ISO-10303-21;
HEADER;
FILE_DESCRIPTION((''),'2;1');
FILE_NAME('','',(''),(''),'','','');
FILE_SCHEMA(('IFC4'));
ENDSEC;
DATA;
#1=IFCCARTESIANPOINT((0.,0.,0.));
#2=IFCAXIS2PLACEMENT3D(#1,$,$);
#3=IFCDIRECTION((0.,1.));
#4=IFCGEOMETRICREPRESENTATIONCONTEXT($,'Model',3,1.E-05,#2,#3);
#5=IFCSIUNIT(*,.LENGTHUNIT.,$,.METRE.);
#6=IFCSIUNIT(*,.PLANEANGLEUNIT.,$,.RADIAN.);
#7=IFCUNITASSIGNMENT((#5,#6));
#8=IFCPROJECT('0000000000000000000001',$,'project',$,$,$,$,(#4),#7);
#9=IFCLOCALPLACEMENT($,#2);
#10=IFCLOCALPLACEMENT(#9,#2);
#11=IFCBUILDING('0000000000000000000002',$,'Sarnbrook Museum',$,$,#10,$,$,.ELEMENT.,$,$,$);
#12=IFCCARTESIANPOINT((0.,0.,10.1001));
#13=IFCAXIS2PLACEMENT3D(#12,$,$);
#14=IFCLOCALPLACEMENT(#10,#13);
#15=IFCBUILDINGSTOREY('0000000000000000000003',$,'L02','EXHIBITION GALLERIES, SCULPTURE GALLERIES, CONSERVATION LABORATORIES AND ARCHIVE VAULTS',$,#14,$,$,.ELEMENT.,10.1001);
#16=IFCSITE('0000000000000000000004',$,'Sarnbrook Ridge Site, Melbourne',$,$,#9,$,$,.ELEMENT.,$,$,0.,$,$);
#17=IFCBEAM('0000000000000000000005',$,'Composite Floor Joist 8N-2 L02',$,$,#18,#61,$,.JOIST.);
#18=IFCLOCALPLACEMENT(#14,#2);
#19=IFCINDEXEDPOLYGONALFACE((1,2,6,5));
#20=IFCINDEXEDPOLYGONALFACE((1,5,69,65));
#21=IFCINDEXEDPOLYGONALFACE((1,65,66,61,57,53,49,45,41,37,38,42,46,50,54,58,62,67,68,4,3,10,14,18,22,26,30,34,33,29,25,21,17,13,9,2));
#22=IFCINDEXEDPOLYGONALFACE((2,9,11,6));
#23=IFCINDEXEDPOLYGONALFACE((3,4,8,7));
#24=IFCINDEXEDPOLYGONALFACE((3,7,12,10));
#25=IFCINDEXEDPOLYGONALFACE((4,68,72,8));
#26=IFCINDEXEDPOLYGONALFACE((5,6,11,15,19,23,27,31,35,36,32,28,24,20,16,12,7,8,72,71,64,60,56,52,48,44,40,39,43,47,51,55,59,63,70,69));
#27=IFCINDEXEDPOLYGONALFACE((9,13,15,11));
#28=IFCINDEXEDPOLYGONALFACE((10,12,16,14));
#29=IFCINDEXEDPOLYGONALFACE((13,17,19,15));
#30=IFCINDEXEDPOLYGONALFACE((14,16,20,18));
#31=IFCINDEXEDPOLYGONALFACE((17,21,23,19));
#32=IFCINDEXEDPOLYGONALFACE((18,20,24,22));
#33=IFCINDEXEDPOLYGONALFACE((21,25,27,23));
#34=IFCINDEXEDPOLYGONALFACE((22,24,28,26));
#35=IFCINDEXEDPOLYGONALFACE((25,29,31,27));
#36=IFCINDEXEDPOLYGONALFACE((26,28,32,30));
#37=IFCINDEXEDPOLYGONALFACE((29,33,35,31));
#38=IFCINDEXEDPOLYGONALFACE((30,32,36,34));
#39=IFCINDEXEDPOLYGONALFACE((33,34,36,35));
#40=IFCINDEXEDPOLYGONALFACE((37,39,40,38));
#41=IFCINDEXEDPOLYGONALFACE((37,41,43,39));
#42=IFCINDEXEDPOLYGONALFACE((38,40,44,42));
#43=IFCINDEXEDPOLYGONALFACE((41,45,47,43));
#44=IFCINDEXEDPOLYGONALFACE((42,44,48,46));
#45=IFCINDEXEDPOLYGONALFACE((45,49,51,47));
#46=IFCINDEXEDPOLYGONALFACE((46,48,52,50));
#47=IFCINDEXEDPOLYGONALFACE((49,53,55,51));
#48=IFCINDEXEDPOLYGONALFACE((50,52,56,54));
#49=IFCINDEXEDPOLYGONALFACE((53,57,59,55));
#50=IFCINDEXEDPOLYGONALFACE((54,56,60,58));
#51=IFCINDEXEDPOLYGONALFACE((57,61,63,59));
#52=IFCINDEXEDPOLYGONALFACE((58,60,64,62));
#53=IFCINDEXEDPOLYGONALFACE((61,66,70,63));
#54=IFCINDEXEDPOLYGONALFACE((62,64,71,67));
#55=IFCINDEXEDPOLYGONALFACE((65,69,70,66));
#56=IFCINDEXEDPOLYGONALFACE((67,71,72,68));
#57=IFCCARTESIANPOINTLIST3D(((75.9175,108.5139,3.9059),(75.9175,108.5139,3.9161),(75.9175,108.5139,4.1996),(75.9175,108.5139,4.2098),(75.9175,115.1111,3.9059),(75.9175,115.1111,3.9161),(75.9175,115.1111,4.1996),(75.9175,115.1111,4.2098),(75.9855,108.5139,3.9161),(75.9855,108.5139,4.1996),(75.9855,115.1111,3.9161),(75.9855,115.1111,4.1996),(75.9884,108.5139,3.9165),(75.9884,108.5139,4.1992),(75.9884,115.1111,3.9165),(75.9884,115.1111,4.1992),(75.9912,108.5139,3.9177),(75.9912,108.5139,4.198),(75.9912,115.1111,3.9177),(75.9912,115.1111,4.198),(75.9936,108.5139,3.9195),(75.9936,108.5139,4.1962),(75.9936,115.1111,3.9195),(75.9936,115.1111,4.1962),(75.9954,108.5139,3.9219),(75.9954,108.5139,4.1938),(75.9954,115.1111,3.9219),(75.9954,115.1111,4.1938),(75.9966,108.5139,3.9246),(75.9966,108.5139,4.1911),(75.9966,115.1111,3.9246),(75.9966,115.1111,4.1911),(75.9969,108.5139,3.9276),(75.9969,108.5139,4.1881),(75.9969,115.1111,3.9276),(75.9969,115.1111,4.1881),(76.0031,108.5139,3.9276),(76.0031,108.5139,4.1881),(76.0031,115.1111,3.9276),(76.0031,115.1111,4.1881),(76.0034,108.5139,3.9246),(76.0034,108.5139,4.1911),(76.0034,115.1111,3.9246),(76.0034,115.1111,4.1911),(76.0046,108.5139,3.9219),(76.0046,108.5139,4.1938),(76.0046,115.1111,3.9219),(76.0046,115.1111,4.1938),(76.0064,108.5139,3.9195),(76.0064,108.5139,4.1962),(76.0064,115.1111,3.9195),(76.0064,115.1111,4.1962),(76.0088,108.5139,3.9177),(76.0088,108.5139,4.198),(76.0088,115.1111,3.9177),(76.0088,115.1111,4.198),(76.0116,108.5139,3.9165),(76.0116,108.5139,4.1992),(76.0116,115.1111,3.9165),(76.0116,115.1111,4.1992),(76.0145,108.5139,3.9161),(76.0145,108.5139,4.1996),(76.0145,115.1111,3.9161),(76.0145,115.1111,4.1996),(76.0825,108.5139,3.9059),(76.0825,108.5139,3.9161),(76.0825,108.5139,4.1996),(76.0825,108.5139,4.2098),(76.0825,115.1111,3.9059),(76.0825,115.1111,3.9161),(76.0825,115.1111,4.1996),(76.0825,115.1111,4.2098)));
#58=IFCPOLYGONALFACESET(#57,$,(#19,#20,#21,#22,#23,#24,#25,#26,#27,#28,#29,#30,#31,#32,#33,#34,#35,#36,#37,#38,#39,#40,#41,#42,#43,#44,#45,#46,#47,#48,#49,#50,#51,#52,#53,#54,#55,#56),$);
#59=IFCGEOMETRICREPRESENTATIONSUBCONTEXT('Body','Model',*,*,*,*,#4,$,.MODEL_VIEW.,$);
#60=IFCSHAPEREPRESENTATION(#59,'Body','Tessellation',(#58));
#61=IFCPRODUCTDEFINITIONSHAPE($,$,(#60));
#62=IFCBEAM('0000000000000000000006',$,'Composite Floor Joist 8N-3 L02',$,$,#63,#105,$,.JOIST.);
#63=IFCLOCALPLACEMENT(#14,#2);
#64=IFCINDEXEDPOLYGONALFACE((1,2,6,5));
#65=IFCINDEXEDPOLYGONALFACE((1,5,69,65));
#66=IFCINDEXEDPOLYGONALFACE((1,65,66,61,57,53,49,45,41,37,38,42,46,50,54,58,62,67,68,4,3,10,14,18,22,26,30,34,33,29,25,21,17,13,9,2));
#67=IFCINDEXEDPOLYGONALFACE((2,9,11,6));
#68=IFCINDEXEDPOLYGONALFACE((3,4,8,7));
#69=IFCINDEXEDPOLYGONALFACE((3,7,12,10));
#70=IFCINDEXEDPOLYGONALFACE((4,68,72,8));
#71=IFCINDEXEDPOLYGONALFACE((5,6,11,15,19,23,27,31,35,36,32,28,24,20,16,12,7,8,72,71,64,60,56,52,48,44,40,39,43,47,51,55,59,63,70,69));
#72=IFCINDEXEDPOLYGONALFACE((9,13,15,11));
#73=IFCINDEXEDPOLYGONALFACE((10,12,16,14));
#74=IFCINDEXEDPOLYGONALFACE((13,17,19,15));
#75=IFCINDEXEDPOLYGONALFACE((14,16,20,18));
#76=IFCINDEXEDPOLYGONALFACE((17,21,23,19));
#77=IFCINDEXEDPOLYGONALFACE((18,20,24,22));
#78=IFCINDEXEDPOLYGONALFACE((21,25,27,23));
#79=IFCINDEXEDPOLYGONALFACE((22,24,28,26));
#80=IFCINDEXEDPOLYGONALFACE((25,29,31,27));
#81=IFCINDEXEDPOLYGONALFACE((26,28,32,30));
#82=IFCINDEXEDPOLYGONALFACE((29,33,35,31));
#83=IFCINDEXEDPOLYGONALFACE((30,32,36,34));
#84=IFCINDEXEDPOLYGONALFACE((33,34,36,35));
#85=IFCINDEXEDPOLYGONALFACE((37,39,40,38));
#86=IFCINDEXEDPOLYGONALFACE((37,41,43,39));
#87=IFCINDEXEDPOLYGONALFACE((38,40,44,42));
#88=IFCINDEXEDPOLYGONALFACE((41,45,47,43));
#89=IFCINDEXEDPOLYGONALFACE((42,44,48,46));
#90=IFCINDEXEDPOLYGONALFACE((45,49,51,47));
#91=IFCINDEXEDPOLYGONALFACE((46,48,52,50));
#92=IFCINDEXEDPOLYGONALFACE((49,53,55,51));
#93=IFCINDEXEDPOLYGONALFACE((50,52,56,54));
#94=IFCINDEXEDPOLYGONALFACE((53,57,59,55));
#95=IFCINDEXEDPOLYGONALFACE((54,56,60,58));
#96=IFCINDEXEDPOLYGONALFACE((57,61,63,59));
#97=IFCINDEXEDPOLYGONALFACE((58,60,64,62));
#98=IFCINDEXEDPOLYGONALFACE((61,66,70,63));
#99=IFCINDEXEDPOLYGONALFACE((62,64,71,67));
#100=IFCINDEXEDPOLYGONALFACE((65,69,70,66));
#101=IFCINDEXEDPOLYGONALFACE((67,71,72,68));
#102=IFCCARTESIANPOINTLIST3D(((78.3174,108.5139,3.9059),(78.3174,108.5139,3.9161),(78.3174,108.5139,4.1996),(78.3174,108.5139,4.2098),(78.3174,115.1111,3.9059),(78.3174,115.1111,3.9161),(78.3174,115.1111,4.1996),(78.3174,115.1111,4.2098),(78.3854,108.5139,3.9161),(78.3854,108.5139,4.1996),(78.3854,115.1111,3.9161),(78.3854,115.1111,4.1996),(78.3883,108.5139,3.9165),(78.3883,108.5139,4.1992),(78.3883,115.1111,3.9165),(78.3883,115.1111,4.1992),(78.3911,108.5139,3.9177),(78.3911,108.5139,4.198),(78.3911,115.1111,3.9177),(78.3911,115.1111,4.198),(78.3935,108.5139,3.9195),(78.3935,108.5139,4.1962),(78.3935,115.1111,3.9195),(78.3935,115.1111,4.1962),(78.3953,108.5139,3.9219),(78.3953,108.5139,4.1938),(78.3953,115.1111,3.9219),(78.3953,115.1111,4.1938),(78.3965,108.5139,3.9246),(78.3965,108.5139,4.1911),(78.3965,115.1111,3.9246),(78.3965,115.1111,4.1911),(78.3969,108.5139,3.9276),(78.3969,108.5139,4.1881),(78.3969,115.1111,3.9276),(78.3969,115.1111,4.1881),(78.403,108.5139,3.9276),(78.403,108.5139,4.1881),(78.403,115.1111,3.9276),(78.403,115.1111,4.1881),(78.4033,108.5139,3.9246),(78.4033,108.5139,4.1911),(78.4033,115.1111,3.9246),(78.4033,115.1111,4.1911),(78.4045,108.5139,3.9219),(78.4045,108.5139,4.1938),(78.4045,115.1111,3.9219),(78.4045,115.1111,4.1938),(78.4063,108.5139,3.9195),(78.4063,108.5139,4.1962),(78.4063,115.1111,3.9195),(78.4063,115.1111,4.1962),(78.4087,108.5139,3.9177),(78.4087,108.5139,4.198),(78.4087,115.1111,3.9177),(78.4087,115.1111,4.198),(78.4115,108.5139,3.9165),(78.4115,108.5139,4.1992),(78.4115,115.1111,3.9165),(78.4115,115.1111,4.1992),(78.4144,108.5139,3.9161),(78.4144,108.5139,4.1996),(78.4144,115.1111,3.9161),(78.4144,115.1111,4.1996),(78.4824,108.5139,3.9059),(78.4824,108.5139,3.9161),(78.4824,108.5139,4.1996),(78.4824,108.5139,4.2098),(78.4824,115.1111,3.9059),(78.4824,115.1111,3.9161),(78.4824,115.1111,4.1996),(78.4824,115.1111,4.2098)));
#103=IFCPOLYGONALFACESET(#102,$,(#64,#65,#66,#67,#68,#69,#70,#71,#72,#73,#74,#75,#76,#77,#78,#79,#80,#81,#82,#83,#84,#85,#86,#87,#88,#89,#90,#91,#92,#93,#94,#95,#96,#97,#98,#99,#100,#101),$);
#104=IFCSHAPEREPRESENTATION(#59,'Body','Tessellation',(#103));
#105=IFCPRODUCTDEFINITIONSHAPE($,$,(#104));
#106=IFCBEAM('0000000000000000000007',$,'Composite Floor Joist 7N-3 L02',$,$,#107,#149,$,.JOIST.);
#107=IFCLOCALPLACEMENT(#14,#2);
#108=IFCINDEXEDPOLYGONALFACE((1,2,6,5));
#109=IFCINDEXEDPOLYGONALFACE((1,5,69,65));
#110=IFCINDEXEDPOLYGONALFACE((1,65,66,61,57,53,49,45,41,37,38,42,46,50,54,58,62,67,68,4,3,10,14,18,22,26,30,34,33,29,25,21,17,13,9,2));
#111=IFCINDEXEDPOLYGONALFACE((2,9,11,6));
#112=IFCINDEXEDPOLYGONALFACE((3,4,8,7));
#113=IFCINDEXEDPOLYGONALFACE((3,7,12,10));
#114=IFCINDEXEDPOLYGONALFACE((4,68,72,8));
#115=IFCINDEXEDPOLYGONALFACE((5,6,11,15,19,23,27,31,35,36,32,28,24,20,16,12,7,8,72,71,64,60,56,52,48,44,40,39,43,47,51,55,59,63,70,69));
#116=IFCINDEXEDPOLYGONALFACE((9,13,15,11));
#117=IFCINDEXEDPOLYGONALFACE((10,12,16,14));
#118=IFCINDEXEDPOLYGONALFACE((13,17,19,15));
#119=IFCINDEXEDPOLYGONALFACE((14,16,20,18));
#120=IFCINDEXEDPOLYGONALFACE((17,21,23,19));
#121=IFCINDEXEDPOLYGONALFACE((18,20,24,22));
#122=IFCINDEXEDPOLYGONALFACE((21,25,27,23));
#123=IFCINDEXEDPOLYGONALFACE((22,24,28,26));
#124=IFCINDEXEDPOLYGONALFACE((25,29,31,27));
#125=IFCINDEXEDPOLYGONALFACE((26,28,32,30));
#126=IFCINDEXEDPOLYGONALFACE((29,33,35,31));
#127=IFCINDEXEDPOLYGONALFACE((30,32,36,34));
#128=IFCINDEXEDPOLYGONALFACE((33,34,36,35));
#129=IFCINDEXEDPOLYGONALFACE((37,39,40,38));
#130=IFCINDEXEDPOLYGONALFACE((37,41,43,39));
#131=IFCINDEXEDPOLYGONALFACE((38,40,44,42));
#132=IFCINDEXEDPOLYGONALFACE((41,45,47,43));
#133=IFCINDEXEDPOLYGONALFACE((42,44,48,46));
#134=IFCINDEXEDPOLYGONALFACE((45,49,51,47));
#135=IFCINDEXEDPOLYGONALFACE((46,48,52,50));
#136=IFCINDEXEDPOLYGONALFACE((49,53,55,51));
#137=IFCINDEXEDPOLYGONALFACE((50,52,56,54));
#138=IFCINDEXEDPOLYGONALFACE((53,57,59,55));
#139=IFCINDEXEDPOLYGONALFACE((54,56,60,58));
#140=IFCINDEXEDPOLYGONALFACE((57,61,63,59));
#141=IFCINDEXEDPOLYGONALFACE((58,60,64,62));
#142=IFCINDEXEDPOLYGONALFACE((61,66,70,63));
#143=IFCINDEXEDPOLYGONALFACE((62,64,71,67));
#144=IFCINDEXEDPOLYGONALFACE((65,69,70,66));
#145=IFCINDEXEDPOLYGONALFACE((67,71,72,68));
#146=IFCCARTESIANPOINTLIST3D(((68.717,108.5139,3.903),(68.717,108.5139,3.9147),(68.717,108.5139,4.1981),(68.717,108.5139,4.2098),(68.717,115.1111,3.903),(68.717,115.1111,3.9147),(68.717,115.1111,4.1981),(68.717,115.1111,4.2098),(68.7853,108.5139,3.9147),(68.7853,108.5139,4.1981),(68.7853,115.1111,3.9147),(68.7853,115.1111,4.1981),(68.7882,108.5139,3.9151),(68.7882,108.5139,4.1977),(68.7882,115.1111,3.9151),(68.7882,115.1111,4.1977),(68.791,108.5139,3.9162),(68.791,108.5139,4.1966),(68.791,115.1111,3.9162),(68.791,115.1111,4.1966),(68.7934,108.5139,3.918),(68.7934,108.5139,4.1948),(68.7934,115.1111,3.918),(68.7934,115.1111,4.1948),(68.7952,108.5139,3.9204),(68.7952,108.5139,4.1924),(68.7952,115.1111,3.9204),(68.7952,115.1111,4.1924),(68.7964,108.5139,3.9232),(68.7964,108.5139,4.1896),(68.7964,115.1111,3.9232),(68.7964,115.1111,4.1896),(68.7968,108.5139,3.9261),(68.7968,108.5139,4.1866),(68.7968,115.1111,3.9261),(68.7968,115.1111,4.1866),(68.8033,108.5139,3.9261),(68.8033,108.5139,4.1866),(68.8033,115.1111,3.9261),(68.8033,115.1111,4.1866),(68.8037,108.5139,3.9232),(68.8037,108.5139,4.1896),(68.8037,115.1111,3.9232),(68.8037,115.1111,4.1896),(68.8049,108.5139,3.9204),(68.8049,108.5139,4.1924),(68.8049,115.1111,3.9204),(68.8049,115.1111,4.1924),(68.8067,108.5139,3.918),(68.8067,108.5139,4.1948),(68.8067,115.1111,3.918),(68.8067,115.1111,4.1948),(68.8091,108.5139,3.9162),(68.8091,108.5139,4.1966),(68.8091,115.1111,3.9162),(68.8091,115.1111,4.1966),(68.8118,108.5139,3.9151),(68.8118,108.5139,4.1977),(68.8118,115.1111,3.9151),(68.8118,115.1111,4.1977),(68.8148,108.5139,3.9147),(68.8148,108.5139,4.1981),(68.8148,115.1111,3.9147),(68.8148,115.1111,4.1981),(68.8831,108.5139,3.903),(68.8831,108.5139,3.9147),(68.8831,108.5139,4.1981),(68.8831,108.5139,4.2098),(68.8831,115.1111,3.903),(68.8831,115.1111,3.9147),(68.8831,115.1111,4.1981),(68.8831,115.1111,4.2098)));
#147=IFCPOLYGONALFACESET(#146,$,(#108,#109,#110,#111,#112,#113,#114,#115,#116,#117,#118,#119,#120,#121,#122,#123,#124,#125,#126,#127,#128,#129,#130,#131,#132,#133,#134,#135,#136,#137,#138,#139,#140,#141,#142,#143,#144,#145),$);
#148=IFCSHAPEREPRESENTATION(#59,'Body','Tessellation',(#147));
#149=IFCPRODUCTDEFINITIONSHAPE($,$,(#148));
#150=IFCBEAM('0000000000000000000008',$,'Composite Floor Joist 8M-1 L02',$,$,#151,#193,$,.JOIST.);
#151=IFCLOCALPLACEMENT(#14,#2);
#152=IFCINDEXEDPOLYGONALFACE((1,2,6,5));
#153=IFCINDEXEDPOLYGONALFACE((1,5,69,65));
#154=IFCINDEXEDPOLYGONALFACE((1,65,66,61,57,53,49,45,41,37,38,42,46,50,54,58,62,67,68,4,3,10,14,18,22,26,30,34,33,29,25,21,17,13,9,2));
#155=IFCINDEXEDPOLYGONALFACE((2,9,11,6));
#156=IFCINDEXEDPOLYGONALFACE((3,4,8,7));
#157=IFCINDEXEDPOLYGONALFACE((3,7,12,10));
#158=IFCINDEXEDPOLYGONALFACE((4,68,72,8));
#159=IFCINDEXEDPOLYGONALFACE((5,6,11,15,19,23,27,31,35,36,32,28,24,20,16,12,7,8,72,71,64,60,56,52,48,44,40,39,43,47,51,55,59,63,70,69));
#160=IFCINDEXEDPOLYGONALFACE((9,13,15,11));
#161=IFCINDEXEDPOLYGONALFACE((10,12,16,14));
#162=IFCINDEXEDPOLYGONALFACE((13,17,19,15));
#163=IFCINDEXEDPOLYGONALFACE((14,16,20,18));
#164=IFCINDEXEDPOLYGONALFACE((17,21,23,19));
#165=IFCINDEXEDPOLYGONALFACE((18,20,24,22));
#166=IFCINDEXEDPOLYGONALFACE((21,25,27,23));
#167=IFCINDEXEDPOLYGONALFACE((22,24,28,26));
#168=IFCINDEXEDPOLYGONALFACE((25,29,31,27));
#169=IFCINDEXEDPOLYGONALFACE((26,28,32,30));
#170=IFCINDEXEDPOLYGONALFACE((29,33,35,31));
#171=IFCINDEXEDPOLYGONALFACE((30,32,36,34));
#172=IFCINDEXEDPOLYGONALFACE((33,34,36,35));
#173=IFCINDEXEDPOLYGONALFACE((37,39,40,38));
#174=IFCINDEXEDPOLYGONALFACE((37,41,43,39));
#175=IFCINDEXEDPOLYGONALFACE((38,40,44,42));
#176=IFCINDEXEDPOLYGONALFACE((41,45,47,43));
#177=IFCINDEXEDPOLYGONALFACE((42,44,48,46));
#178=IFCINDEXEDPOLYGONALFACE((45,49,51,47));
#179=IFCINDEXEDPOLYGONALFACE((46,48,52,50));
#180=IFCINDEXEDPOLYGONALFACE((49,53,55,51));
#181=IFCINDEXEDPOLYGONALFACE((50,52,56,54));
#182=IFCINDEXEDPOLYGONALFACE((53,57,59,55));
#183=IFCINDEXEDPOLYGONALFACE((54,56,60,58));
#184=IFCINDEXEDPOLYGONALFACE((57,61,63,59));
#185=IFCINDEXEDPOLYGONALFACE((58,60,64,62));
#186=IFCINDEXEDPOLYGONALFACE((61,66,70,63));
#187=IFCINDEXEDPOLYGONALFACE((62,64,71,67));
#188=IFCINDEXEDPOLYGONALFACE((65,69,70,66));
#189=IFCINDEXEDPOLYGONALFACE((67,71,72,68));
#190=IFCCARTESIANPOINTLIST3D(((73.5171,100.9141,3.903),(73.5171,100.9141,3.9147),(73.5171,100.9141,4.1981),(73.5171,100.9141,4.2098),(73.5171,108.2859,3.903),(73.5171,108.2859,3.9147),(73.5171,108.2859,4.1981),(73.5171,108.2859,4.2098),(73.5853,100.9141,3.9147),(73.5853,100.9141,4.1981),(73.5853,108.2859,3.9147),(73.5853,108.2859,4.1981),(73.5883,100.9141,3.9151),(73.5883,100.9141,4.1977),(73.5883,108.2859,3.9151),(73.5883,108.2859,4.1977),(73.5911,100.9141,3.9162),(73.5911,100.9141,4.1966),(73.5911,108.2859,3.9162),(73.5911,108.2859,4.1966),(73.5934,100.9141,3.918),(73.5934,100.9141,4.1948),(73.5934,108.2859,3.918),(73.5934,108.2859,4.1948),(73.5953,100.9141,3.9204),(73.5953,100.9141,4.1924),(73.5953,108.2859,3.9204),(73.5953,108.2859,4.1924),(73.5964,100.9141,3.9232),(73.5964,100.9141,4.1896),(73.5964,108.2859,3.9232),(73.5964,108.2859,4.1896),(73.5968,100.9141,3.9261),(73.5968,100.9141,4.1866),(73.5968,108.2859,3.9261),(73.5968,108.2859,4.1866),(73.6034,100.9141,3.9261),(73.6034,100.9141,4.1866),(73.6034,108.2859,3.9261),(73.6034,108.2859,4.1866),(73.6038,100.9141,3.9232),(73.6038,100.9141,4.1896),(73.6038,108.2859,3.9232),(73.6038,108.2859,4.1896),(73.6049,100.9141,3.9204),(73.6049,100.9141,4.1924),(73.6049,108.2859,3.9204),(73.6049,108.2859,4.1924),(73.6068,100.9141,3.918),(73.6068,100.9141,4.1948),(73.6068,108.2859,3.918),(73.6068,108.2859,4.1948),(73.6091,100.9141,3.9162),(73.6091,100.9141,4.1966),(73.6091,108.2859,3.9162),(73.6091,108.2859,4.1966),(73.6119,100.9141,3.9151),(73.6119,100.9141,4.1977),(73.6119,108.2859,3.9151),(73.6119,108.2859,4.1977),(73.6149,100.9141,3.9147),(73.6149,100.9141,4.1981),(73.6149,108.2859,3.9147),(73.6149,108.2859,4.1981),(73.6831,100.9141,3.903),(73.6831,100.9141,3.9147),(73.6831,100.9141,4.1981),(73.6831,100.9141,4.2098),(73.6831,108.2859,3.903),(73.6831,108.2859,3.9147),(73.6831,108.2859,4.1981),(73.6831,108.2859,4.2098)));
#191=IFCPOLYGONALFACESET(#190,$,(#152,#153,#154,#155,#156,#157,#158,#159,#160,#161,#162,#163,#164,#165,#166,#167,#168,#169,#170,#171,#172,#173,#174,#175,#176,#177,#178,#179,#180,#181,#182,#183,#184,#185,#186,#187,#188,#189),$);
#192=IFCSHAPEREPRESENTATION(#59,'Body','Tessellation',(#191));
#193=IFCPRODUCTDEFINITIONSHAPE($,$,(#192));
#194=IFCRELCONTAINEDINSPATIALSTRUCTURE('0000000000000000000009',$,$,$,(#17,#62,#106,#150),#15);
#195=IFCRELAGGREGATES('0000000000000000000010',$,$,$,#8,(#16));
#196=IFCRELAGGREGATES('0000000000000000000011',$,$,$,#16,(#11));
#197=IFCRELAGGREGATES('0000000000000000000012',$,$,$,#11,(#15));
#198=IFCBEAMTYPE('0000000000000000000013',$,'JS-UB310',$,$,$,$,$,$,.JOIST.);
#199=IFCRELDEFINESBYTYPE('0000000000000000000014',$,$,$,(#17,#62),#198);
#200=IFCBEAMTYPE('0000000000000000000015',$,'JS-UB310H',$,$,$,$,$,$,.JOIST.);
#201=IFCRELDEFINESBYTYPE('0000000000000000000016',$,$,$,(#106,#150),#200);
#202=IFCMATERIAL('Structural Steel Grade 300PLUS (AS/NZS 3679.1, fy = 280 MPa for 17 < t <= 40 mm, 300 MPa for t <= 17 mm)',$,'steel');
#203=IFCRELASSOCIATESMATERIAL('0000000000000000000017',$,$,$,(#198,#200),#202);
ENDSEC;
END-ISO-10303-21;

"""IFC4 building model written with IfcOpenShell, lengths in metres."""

from ifc_helpers import new_model, si_unit, direction, frame, origin, origin_2d, place, context, subcontext, project, spatial, i_section, extrude, material, material_profile, profile_set, type_object, element, save


model = new_model("IFC4")

# Units and contexts
model_context = context("Model", 3, precision=1e-05, world=origin(), true_north=direction((0.0, 1.0)))
body_context = subcontext(model_context, "Body", "Model", "MODEL_VIEW")
ifc_project = project(units=[si_unit("LENGTHUNIT", "METRE"), si_unit("PLANEANGLEUNIT", "RADIAN")], contexts=[model_context])

# Site, building, storey
site_placement = place(None, origin())
site = spatial("IfcSite", under=ifc_project, at=site_placement, Name="Sarnbrook Ridge Site, Melbourne", CompositionType="ELEMENT", RefElevation=0.0)
building_placement = place(site_placement, origin())
building = spatial("IfcBuilding", under=site, at=building_placement, Name="Sarnbrook Museum", CompositionType="ELEMENT")
storey_placement = place(building_placement, frame((0.0, 0.0, 10.1001)))
storey = spatial("IfcBuildingStorey", under=building, at=storey_placement, Name="L02", Description="EXHIBITION GALLERIES, SCULPTURE GALLERIES, CONSERVATION LABORATORIES AND ARCHIVE VAULTS", CompositionType="ELEMENT", Elevation=10.1001)

# Shared definitions
ifc_material_1 = material(Name="Structural Steel Grade 300PLUS (AS/NZS 3679.1, fy = 280 MPa for 17 < t <= 40 mm, 300 MPa for t <= 17 mm)", Category="steel")

# Beams
ifc_material_profile_1 = material_profile(ifc_material_1, i_section(OverallWidth=0.165, OverallDepth=0.304, WebThickness=0.0061, FlangeThickness=0.0103, FilletRadius=0.0115, at=origin_2d()), Name="310UB40.4")
ifc_profile_set_1 = profile_set([ifc_material_profile_1], Name="Structural Steel Grade 300PLUS (AS/NZS 3679.1, fy = 280 MPa for 17 < t <= 40 mm, 300 MPa for t <= 17 mm)")
beam_type_1 = type_object("IfcBeamType", Name="JS-UB310", PredefinedType="JOIST", material=ifc_profile_set_1)
for number, where, z_axis, x_axis, name in (
    (1, (76.0, 108.5139, 4.0579), (0.0, 1.0, 0.0), (-1.0, 0.0, 0.0), "Composite Floor Joist 8N-2 L02"),
    (2, (78.3999, 108.5139, 4.0579), (0.0, 1.0, 0.0), (-1.0, 0.0, 0.0), "Composite Floor Joist 8N-3 L02"),
):
    element("IfcBeam", number, at=place(storey_placement, frame(where, z_axis=z_axis, x_axis=x_axis)), inside=storey, type_object=beam_type_1, Name=name, PredefinedType="JOIST", context=body_context, shape_type="SweptSolid", body=[
        extrude(i_section(OverallWidth=0.165, OverallDepth=0.304, WebThickness=0.0061, FlangeThickness=0.0103, FilletRadius=0.0115, at=origin_2d()), origin(), (0.0, 0.0, 1.0), 6.5972),
    ])
ifc_material_profile_2 = material_profile(ifc_material_1, i_section(OverallWidth=0.166, OverallDepth=0.3069, WebThickness=0.0066, FlangeThickness=0.0117, FilletRadius=0.0115, at=origin_2d()), Name="310UB46.2")
ifc_profile_set_2 = profile_set([ifc_material_profile_2], Name="Structural Steel Grade 300PLUS (AS/NZS 3679.1, fy = 280 MPa for 17 < t <= 40 mm, 300 MPa for t <= 17 mm)")
beam_type_2 = type_object("IfcBeamType", Name="JS-UB310H", PredefinedType="JOIST", material=ifc_profile_set_2)
beam_1_placement = place(storey_placement, frame((68.8, 108.5139, 4.0564), z_axis=(0.0, 1.0, 0.0), x_axis=(-1.0, 0.0, 0.0)))
element("IfcBeam", 3, at=beam_1_placement, inside=storey, type_object=beam_type_2, Name="Composite Floor Joist 7N-3 L02", PredefinedType="JOIST", context=body_context, shape_type="SweptSolid", body=[
    extrude(i_section(OverallWidth=0.166, OverallDepth=0.3069, WebThickness=0.0066, FlangeThickness=0.0117, FilletRadius=0.0115, at=origin_2d()), origin(), (0.0, 0.0, 1.0), 6.5972),
])
for number, where, z_axis, x_axis, name in (
    (4, (73.6001, 100.9141, 4.0564), (0.0, 1.0, 0.0), (-1.0, 0.0, 0.0), "Composite Floor Joist 8M-1 L02"),
):
    element("IfcBeam", number, at=place(storey_placement, frame(where, z_axis=z_axis, x_axis=x_axis)), inside=storey, type_object=beam_type_2, Name=name, PredefinedType="JOIST", context=body_context, shape_type="SweptSolid", body=[
        extrude(i_section(OverallWidth=0.166, OverallDepth=0.3069, WebThickness=0.0066, FlangeThickness=0.0117, FilletRadius=0.0115, at=origin_2d()), origin(), (0.0, 0.0, 1.0), 7.3718),
    ])

save(model, "model.ifc")
